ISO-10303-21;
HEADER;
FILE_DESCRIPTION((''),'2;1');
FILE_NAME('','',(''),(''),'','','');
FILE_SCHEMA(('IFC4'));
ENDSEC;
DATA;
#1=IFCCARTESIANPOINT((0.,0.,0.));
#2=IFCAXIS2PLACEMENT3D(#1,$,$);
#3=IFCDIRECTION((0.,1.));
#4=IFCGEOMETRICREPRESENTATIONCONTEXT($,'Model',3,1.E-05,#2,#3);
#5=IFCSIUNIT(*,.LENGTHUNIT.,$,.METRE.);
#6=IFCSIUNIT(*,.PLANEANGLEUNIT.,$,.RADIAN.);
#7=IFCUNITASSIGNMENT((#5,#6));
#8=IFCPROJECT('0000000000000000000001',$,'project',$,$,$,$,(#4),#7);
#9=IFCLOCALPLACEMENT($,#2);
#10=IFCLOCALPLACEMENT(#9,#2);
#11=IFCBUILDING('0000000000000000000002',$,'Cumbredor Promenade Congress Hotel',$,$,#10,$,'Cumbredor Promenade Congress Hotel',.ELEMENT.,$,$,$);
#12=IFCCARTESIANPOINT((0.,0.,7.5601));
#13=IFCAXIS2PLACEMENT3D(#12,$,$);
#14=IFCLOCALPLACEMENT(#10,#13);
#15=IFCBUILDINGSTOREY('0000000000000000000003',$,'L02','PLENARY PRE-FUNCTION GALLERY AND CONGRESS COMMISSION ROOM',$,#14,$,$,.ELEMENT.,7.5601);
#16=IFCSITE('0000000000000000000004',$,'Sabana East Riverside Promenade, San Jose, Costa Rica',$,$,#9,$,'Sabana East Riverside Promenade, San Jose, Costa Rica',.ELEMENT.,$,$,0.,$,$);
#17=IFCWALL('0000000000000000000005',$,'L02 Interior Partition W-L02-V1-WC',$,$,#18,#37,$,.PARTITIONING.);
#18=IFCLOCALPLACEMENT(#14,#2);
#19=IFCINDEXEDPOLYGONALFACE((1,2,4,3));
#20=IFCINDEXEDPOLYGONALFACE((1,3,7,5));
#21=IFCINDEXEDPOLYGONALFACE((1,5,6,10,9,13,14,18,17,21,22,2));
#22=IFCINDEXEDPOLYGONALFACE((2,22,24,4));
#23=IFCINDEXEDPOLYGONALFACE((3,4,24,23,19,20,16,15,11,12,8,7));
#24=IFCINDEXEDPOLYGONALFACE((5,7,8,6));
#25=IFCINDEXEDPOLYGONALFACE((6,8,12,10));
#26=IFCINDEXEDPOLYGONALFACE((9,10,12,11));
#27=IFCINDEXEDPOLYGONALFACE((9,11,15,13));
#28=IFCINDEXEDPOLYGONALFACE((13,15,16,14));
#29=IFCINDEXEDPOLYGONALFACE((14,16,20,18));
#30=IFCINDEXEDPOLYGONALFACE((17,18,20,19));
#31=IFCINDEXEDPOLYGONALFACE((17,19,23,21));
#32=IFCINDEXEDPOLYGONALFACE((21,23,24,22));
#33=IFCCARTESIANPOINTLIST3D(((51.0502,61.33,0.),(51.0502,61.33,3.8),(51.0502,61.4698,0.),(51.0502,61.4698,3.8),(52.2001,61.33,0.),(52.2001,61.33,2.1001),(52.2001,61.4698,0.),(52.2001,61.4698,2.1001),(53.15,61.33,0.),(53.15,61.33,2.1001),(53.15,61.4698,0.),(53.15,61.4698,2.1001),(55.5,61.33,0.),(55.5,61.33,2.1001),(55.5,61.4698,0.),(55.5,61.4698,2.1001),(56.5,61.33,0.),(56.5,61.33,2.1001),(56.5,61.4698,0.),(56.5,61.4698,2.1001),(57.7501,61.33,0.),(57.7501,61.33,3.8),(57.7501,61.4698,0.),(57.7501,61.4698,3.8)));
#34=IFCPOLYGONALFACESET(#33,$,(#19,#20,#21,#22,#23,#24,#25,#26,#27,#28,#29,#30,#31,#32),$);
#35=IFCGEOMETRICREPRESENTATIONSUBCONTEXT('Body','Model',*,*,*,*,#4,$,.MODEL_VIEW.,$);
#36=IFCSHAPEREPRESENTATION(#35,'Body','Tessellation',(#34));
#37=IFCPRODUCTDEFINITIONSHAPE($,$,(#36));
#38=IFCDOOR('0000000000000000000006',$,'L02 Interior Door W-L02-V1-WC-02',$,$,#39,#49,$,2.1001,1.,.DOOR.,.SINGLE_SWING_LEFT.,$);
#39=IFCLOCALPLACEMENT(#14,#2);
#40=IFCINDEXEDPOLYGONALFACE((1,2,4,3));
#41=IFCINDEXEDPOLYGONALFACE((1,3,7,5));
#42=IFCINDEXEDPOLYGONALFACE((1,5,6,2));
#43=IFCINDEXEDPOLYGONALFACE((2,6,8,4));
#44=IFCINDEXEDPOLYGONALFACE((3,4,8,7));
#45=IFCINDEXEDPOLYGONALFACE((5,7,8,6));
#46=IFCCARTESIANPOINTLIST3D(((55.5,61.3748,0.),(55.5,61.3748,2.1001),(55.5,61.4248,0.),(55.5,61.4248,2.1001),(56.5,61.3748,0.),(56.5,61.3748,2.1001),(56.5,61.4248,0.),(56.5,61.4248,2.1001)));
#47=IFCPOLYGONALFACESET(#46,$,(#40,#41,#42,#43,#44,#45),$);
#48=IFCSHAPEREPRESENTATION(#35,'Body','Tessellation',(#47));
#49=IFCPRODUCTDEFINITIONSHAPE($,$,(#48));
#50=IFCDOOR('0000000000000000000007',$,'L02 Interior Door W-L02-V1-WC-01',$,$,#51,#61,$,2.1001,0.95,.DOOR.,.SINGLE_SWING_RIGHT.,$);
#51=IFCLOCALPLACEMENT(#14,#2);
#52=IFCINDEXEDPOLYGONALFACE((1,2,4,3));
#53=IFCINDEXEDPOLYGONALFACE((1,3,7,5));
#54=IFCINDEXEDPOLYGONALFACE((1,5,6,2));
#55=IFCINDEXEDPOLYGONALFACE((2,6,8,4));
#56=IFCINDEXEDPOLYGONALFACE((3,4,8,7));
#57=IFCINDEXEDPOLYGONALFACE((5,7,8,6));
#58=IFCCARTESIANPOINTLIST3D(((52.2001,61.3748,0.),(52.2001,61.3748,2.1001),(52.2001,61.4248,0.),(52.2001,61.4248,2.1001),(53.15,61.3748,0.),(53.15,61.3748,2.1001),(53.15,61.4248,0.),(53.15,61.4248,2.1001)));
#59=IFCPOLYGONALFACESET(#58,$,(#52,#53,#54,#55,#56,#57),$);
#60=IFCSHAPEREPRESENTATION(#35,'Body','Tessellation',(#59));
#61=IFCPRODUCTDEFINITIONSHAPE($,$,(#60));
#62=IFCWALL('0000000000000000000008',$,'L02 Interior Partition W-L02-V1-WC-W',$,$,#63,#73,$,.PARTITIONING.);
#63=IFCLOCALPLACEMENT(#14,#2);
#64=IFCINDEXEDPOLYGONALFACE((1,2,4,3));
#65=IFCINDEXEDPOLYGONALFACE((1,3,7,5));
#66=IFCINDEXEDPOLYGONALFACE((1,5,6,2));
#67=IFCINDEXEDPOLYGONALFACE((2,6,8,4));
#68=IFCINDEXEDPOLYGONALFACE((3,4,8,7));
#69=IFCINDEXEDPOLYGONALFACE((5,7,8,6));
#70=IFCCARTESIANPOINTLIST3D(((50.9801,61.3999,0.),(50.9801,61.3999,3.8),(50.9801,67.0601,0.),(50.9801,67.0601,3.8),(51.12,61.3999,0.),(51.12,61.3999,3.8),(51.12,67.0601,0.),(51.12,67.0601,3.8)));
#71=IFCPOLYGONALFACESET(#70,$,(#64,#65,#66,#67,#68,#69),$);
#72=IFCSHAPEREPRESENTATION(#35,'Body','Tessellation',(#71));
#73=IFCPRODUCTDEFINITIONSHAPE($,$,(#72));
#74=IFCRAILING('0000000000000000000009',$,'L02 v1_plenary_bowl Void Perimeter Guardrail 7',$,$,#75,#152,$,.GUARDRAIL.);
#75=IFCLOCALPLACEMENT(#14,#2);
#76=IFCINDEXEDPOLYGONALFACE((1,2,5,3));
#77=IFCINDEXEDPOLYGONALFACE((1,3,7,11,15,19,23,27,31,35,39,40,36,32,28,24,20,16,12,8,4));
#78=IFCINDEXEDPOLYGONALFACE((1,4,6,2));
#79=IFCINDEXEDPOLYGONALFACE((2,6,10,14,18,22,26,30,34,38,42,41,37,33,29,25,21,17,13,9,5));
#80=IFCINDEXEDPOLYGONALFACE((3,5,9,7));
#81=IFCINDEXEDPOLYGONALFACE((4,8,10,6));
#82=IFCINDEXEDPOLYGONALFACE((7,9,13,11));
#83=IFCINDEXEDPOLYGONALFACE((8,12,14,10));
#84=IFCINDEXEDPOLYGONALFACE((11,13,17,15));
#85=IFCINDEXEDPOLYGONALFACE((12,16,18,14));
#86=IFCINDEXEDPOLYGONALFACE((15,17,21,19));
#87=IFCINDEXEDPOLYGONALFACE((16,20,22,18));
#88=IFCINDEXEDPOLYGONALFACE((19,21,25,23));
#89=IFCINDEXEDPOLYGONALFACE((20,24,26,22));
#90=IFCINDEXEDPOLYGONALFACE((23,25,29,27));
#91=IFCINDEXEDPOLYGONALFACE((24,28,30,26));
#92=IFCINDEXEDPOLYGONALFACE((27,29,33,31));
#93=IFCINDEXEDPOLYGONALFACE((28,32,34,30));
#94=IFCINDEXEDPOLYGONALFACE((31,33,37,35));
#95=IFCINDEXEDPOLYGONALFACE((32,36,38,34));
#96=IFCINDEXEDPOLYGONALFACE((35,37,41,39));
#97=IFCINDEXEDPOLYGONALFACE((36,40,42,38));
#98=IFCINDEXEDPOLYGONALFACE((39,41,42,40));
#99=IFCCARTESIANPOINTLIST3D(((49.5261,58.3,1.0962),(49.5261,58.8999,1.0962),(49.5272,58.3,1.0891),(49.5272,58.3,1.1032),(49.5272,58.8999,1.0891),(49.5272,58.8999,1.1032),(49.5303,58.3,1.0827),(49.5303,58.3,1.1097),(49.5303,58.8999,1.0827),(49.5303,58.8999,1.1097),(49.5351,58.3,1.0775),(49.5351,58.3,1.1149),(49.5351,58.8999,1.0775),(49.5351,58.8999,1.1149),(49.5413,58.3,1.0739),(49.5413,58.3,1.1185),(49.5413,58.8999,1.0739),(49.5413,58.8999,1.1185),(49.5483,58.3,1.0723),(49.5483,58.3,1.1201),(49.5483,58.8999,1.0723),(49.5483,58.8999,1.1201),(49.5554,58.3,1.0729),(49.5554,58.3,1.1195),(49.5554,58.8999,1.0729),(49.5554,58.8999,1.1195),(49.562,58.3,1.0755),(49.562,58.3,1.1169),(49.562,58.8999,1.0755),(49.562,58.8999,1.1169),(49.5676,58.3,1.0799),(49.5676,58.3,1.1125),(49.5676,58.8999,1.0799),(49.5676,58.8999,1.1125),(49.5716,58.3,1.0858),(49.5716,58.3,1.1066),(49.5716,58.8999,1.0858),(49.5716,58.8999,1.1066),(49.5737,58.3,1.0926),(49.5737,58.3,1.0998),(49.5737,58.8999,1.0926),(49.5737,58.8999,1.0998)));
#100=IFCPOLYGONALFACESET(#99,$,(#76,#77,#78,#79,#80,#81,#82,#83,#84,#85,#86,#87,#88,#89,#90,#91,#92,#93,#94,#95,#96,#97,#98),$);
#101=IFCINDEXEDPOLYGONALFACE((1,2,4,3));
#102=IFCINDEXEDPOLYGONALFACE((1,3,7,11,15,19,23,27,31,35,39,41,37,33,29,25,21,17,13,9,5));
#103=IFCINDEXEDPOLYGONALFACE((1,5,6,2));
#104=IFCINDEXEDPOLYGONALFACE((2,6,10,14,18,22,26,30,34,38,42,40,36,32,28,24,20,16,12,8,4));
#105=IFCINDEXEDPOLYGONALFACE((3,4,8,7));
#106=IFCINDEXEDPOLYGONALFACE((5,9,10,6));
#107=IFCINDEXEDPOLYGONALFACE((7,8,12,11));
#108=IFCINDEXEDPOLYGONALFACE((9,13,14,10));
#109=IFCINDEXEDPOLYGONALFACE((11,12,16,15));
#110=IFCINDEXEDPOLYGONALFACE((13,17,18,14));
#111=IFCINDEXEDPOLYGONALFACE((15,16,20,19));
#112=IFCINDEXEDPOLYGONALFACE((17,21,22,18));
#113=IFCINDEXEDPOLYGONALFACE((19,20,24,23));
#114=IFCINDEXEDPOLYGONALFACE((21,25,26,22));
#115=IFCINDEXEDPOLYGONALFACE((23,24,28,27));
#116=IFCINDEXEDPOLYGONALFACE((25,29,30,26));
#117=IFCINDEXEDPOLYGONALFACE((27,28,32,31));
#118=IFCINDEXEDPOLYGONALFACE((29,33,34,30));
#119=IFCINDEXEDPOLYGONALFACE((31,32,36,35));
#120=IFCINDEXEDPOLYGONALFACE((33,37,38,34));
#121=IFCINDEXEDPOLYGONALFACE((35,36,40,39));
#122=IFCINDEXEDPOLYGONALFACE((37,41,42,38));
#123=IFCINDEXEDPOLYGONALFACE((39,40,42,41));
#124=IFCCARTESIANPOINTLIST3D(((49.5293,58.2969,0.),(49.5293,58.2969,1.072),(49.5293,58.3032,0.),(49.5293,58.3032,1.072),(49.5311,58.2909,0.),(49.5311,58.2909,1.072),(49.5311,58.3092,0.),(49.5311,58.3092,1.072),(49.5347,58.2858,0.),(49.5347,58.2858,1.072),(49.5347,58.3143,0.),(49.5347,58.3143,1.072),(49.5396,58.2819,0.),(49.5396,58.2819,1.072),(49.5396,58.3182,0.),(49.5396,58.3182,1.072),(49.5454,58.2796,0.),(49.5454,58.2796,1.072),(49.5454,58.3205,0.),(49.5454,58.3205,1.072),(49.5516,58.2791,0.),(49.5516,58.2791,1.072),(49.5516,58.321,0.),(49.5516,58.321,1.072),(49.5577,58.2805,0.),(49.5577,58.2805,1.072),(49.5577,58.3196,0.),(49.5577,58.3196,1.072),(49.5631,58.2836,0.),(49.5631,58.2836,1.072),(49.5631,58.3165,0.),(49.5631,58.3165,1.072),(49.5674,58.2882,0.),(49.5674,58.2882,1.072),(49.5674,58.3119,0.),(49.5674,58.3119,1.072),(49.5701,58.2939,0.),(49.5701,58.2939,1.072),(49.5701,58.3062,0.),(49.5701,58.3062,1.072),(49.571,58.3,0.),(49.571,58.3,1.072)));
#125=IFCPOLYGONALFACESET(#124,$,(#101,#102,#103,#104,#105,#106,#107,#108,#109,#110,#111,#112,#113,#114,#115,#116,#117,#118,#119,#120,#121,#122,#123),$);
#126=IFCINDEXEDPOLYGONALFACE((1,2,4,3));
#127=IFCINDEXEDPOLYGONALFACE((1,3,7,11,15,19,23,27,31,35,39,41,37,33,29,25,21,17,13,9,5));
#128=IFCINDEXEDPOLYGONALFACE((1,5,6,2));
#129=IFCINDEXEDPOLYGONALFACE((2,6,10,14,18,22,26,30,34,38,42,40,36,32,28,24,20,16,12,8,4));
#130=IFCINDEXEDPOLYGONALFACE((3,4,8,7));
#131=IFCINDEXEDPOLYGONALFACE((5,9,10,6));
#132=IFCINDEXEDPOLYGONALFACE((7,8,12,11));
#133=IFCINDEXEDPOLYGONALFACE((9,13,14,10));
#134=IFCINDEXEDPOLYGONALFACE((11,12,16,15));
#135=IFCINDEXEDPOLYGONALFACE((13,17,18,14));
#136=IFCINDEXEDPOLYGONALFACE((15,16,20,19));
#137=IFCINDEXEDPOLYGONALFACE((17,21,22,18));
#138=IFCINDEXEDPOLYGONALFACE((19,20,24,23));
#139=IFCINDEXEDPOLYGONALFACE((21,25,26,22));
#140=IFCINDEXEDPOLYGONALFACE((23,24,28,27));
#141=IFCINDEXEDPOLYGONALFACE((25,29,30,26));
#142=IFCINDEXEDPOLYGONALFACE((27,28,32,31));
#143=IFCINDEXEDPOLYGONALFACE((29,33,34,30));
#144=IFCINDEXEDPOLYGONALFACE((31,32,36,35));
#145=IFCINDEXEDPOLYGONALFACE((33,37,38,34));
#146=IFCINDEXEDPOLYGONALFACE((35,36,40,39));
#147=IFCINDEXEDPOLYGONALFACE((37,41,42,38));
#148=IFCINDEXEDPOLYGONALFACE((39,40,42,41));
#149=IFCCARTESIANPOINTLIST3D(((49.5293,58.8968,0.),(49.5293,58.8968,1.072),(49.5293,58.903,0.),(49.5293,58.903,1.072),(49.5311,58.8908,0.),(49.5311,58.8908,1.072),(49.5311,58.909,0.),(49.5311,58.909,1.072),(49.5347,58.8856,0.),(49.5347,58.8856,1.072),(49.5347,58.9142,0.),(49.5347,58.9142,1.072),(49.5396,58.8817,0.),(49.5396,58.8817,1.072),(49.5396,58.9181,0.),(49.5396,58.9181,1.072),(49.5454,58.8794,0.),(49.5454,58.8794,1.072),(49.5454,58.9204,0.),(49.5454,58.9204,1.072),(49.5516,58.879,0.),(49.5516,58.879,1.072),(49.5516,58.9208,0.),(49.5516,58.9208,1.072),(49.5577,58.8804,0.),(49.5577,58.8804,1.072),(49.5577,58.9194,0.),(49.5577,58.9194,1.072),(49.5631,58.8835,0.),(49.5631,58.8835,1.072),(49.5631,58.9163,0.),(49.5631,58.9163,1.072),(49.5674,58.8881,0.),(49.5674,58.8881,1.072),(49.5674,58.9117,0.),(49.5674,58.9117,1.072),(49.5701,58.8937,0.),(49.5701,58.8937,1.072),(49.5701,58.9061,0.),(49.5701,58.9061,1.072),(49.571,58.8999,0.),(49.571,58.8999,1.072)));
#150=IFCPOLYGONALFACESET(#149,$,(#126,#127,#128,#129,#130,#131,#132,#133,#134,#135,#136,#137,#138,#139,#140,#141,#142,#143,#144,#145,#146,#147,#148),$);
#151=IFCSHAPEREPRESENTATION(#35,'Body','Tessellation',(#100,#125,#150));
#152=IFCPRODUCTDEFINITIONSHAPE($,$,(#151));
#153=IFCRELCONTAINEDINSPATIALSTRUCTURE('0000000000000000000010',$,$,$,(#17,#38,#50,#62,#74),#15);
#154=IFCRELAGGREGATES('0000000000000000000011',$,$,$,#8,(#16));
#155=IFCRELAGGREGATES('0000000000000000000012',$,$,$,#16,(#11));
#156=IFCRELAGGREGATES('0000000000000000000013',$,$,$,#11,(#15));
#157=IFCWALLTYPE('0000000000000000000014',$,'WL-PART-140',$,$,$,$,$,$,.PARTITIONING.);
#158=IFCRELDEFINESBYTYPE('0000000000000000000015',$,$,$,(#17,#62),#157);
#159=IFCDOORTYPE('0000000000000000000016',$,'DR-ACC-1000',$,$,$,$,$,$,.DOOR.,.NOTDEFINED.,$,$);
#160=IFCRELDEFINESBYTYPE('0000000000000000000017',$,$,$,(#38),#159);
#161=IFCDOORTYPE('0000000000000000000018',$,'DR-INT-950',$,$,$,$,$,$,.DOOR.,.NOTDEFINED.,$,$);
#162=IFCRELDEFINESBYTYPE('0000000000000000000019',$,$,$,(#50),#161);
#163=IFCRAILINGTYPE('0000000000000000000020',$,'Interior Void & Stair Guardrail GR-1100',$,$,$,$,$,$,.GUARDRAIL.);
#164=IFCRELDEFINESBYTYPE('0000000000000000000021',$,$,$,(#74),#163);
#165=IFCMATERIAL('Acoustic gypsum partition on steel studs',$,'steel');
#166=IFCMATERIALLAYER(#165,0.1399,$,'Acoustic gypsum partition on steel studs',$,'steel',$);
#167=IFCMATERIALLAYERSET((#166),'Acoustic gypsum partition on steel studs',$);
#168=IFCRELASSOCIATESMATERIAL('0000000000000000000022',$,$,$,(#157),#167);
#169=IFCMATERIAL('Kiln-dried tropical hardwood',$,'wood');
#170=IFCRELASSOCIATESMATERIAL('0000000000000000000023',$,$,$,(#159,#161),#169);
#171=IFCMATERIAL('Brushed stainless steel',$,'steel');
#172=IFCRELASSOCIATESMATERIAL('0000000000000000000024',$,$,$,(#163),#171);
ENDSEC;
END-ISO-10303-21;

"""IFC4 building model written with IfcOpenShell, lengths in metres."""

from ifc_helpers import new_model, si_unit, direction, frame, frame_2d, origin, origin_2d, place, context, subcontext, project, spatial, rectangle, circle, extrude, material, layer, layer_set, type_object, element, fill, save


model = new_model("IFC4")

# Units and contexts
model_context = context("Model", 3, precision=1e-05, world=origin(), true_north=direction((0.0, 1.0)))
body_context = subcontext(model_context, "Body", "Model", "MODEL_VIEW")
ifc_project = project(units=[si_unit("LENGTHUNIT", "METRE"), si_unit("PLANEANGLEUNIT", "RADIAN")], contexts=[model_context])

# Site, building, storey
site_placement = place(None, origin())
site = spatial("IfcSite", under=ifc_project, at=site_placement, Name="Sabana East Riverside Promenade, San Jose, Costa Rica", LongName="Sabana East Riverside Promenade, San Jose, Costa Rica", CompositionType="ELEMENT", RefElevation=0.0)
building_placement = place(site_placement, origin())
building = spatial("IfcBuilding", under=site, at=building_placement, Name="Cumbredor Promenade Congress Hotel", LongName="Cumbredor Promenade Congress Hotel", CompositionType="ELEMENT")
storey_placement = place(building_placement, frame((0.0, 0.0, 7.5601)))
storey = spatial("IfcBuildingStorey", under=building, at=storey_placement, Name="L02", Description="PLENARY PRE-FUNCTION GALLERY AND CONGRESS COMMISSION ROOM", CompositionType="ELEMENT", Elevation=7.5601)

# Wall, openings, doors
ifc_material_1 = material(Name="Acoustic gypsum partition on steel studs", Category="steel")
ifc_layer_1 = layer(ifc_material_1, 0.1399, Name="Acoustic gypsum partition on steel studs", Category="steel")
ifc_layer_set_1 = layer_set([ifc_layer_1], Name="Acoustic gypsum partition on steel studs")
wall_type = type_object("IfcWallType", Name="WL-PART-140", PredefinedType="PARTITIONING", material=ifc_layer_set_1)
wall_1_placement = place(storey_placement, frame((51.05, 61.3999, 0.0), z_axis=(0.0, 0.0, 1.0), x_axis=(1.0, 0.0, 0.0)))
wall_1 = element("IfcWall", 1, at=wall_1_placement, inside=storey, type_object=wall_type, Name="L02 Interior Partition W-L02-V1-WC", PredefinedType="PARTITIONING", context=body_context, shape_type="SweptSolid", body=[
    extrude(rectangle(XDim=6.7, YDim=0.1399, at=frame_2d((3.3501, 0.0))), origin(), (0.0, 0.0, 1.0), 3.8),
])
opening_1_placement = place(wall_1_placement, frame((1.1499, 0.0, 0.0)))
opening_1 = element("IfcOpeningElement", 2, at=opening_1_placement, cuts=wall_1, PredefinedType="OPENING", context=body_context, shape_type="SweptSolid", body=[
    extrude(rectangle(XDim=0.95, YDim=2.1001, at=frame_2d((0.4751, 1.05))), frame((0.0, 0.0801, 0.0), z_axis=(0.0, -1.0, 0.0), x_axis=(1.0, 0.0, 0.0)), (0.0, 0.0, 1.0), 0.1599),
])
opening_2_placement = place(wall_1_placement, frame((4.45, 0.0, 0.0)))
opening_2 = element("IfcOpeningElement", 3, at=opening_2_placement, cuts=wall_1, PredefinedType="OPENING", context=body_context, shape_type="SweptSolid", body=[
    extrude(rectangle(XDim=1.0, YDim=2.1001, at=frame_2d((0.5, 1.05))), frame((0.0, 0.0801, 0.0), z_axis=(0.0, -1.0, 0.0), x_axis=(1.0, 0.0, 0.0)), (0.0, 0.0, 1.0), 0.1599),
])
ifc_material_2 = material(Name="Kiln-dried tropical hardwood", Category="wood")
door_type_1 = type_object("IfcDoorType", Name="DR-ACC-1000", OperationType="NOTDEFINED", PredefinedType="DOOR", material=ifc_material_2)
door_1_placement = place(opening_2_placement, origin())
door_1 = element("IfcDoor", 4, at=door_1_placement, inside=storey, type_object=door_type_1, Name="L02 Interior Door W-L02-V1-WC-02", OperationType="SINGLE_SWING_LEFT", OverallHeight=2.1001, OverallWidth=1.0, PredefinedType="DOOR", context=body_context, shape_type="SweptSolid", body=[
    extrude(rectangle(XDim=1.0, YDim=2.1001, at=frame_2d((0.5, 1.05))), frame((0.0, 0.0249, 0.0), z_axis=(0.0, -1.0, 0.0), x_axis=(1.0, 0.0, 0.0)), (0.0, 0.0, 1.0), 0.05),
])
fill(opening_2, door_1)
door_type_2 = type_object("IfcDoorType", Name="DR-INT-950", OperationType="NOTDEFINED", PredefinedType="DOOR", material=ifc_material_2)
door_2_placement = place(opening_1_placement, origin())
door_2 = element("IfcDoor", 5, at=door_2_placement, inside=storey, type_object=door_type_2, Name="L02 Interior Door W-L02-V1-WC-01", OperationType="SINGLE_SWING_RIGHT", OverallHeight=2.1001, OverallWidth=0.95, PredefinedType="DOOR", context=body_context, shape_type="SweptSolid", body=[
    extrude(rectangle(XDim=0.95, YDim=2.1001, at=frame_2d((0.4751, 1.05))), frame((0.0, 0.0249, 0.0), z_axis=(0.0, -1.0, 0.0), x_axis=(1.0, 0.0, 0.0)), (0.0, 0.0, 1.0), 0.05),
])
fill(opening_1, door_2)

# Wall
wall_2_placement = place(storey_placement, frame((51.05, 61.3999, 0.0), z_axis=(0.0, 0.0, 1.0), x_axis=(0.0, 1.0, 0.0)))
element("IfcWall", 6, at=wall_2_placement, inside=storey, type_object=wall_type, Name="L02 Interior Partition W-L02-V1-WC-W", PredefinedType="PARTITIONING", context=body_context, shape_type="SweptSolid", body=[
    extrude(rectangle(XDim=5.6602, YDim=0.1399, at=frame_2d((2.8301, 0.0))), origin(), (0.0, 0.0, 1.0), 3.8),
])

# Railing
ifc_material_3 = material(Name="Brushed stainless steel", Category="steel")
railing_type = type_object("IfcRailingType", Name="Interior Void & Stair Guardrail GR-1100", PredefinedType="GUARDRAIL", material=ifc_material_3)
railing_placement = place(storey_placement, frame((49.55, 58.3, 0.0)))
element("IfcRailing", 7, at=railing_placement, inside=storey, type_object=railing_type, Name="L02 v1_plenary_bowl Void Perimeter Guardrail 7", PredefinedType="GUARDRAIL", context=body_context, shape_type="SweptSolid", body=[
    extrude(circle(Radius=0.0239, at=origin_2d()), frame((0.0, 0.0, 1.0962), z_axis=(0.0, 1.0, 0.0), x_axis=(-1.0, 0.0, 0.0)), (0.0, 0.0, 1.0), 0.5999),
    extrude(circle(Radius=0.021, at=origin_2d()), origin(), (0.0, 0.0, 1.0), 1.072),
    extrude(circle(Radius=0.021, at=origin_2d()), frame((0.0, 0.5999, 0.0)), (0.0, 0.0, 1.0), 1.072),
])

save(model, "model.ifc")
